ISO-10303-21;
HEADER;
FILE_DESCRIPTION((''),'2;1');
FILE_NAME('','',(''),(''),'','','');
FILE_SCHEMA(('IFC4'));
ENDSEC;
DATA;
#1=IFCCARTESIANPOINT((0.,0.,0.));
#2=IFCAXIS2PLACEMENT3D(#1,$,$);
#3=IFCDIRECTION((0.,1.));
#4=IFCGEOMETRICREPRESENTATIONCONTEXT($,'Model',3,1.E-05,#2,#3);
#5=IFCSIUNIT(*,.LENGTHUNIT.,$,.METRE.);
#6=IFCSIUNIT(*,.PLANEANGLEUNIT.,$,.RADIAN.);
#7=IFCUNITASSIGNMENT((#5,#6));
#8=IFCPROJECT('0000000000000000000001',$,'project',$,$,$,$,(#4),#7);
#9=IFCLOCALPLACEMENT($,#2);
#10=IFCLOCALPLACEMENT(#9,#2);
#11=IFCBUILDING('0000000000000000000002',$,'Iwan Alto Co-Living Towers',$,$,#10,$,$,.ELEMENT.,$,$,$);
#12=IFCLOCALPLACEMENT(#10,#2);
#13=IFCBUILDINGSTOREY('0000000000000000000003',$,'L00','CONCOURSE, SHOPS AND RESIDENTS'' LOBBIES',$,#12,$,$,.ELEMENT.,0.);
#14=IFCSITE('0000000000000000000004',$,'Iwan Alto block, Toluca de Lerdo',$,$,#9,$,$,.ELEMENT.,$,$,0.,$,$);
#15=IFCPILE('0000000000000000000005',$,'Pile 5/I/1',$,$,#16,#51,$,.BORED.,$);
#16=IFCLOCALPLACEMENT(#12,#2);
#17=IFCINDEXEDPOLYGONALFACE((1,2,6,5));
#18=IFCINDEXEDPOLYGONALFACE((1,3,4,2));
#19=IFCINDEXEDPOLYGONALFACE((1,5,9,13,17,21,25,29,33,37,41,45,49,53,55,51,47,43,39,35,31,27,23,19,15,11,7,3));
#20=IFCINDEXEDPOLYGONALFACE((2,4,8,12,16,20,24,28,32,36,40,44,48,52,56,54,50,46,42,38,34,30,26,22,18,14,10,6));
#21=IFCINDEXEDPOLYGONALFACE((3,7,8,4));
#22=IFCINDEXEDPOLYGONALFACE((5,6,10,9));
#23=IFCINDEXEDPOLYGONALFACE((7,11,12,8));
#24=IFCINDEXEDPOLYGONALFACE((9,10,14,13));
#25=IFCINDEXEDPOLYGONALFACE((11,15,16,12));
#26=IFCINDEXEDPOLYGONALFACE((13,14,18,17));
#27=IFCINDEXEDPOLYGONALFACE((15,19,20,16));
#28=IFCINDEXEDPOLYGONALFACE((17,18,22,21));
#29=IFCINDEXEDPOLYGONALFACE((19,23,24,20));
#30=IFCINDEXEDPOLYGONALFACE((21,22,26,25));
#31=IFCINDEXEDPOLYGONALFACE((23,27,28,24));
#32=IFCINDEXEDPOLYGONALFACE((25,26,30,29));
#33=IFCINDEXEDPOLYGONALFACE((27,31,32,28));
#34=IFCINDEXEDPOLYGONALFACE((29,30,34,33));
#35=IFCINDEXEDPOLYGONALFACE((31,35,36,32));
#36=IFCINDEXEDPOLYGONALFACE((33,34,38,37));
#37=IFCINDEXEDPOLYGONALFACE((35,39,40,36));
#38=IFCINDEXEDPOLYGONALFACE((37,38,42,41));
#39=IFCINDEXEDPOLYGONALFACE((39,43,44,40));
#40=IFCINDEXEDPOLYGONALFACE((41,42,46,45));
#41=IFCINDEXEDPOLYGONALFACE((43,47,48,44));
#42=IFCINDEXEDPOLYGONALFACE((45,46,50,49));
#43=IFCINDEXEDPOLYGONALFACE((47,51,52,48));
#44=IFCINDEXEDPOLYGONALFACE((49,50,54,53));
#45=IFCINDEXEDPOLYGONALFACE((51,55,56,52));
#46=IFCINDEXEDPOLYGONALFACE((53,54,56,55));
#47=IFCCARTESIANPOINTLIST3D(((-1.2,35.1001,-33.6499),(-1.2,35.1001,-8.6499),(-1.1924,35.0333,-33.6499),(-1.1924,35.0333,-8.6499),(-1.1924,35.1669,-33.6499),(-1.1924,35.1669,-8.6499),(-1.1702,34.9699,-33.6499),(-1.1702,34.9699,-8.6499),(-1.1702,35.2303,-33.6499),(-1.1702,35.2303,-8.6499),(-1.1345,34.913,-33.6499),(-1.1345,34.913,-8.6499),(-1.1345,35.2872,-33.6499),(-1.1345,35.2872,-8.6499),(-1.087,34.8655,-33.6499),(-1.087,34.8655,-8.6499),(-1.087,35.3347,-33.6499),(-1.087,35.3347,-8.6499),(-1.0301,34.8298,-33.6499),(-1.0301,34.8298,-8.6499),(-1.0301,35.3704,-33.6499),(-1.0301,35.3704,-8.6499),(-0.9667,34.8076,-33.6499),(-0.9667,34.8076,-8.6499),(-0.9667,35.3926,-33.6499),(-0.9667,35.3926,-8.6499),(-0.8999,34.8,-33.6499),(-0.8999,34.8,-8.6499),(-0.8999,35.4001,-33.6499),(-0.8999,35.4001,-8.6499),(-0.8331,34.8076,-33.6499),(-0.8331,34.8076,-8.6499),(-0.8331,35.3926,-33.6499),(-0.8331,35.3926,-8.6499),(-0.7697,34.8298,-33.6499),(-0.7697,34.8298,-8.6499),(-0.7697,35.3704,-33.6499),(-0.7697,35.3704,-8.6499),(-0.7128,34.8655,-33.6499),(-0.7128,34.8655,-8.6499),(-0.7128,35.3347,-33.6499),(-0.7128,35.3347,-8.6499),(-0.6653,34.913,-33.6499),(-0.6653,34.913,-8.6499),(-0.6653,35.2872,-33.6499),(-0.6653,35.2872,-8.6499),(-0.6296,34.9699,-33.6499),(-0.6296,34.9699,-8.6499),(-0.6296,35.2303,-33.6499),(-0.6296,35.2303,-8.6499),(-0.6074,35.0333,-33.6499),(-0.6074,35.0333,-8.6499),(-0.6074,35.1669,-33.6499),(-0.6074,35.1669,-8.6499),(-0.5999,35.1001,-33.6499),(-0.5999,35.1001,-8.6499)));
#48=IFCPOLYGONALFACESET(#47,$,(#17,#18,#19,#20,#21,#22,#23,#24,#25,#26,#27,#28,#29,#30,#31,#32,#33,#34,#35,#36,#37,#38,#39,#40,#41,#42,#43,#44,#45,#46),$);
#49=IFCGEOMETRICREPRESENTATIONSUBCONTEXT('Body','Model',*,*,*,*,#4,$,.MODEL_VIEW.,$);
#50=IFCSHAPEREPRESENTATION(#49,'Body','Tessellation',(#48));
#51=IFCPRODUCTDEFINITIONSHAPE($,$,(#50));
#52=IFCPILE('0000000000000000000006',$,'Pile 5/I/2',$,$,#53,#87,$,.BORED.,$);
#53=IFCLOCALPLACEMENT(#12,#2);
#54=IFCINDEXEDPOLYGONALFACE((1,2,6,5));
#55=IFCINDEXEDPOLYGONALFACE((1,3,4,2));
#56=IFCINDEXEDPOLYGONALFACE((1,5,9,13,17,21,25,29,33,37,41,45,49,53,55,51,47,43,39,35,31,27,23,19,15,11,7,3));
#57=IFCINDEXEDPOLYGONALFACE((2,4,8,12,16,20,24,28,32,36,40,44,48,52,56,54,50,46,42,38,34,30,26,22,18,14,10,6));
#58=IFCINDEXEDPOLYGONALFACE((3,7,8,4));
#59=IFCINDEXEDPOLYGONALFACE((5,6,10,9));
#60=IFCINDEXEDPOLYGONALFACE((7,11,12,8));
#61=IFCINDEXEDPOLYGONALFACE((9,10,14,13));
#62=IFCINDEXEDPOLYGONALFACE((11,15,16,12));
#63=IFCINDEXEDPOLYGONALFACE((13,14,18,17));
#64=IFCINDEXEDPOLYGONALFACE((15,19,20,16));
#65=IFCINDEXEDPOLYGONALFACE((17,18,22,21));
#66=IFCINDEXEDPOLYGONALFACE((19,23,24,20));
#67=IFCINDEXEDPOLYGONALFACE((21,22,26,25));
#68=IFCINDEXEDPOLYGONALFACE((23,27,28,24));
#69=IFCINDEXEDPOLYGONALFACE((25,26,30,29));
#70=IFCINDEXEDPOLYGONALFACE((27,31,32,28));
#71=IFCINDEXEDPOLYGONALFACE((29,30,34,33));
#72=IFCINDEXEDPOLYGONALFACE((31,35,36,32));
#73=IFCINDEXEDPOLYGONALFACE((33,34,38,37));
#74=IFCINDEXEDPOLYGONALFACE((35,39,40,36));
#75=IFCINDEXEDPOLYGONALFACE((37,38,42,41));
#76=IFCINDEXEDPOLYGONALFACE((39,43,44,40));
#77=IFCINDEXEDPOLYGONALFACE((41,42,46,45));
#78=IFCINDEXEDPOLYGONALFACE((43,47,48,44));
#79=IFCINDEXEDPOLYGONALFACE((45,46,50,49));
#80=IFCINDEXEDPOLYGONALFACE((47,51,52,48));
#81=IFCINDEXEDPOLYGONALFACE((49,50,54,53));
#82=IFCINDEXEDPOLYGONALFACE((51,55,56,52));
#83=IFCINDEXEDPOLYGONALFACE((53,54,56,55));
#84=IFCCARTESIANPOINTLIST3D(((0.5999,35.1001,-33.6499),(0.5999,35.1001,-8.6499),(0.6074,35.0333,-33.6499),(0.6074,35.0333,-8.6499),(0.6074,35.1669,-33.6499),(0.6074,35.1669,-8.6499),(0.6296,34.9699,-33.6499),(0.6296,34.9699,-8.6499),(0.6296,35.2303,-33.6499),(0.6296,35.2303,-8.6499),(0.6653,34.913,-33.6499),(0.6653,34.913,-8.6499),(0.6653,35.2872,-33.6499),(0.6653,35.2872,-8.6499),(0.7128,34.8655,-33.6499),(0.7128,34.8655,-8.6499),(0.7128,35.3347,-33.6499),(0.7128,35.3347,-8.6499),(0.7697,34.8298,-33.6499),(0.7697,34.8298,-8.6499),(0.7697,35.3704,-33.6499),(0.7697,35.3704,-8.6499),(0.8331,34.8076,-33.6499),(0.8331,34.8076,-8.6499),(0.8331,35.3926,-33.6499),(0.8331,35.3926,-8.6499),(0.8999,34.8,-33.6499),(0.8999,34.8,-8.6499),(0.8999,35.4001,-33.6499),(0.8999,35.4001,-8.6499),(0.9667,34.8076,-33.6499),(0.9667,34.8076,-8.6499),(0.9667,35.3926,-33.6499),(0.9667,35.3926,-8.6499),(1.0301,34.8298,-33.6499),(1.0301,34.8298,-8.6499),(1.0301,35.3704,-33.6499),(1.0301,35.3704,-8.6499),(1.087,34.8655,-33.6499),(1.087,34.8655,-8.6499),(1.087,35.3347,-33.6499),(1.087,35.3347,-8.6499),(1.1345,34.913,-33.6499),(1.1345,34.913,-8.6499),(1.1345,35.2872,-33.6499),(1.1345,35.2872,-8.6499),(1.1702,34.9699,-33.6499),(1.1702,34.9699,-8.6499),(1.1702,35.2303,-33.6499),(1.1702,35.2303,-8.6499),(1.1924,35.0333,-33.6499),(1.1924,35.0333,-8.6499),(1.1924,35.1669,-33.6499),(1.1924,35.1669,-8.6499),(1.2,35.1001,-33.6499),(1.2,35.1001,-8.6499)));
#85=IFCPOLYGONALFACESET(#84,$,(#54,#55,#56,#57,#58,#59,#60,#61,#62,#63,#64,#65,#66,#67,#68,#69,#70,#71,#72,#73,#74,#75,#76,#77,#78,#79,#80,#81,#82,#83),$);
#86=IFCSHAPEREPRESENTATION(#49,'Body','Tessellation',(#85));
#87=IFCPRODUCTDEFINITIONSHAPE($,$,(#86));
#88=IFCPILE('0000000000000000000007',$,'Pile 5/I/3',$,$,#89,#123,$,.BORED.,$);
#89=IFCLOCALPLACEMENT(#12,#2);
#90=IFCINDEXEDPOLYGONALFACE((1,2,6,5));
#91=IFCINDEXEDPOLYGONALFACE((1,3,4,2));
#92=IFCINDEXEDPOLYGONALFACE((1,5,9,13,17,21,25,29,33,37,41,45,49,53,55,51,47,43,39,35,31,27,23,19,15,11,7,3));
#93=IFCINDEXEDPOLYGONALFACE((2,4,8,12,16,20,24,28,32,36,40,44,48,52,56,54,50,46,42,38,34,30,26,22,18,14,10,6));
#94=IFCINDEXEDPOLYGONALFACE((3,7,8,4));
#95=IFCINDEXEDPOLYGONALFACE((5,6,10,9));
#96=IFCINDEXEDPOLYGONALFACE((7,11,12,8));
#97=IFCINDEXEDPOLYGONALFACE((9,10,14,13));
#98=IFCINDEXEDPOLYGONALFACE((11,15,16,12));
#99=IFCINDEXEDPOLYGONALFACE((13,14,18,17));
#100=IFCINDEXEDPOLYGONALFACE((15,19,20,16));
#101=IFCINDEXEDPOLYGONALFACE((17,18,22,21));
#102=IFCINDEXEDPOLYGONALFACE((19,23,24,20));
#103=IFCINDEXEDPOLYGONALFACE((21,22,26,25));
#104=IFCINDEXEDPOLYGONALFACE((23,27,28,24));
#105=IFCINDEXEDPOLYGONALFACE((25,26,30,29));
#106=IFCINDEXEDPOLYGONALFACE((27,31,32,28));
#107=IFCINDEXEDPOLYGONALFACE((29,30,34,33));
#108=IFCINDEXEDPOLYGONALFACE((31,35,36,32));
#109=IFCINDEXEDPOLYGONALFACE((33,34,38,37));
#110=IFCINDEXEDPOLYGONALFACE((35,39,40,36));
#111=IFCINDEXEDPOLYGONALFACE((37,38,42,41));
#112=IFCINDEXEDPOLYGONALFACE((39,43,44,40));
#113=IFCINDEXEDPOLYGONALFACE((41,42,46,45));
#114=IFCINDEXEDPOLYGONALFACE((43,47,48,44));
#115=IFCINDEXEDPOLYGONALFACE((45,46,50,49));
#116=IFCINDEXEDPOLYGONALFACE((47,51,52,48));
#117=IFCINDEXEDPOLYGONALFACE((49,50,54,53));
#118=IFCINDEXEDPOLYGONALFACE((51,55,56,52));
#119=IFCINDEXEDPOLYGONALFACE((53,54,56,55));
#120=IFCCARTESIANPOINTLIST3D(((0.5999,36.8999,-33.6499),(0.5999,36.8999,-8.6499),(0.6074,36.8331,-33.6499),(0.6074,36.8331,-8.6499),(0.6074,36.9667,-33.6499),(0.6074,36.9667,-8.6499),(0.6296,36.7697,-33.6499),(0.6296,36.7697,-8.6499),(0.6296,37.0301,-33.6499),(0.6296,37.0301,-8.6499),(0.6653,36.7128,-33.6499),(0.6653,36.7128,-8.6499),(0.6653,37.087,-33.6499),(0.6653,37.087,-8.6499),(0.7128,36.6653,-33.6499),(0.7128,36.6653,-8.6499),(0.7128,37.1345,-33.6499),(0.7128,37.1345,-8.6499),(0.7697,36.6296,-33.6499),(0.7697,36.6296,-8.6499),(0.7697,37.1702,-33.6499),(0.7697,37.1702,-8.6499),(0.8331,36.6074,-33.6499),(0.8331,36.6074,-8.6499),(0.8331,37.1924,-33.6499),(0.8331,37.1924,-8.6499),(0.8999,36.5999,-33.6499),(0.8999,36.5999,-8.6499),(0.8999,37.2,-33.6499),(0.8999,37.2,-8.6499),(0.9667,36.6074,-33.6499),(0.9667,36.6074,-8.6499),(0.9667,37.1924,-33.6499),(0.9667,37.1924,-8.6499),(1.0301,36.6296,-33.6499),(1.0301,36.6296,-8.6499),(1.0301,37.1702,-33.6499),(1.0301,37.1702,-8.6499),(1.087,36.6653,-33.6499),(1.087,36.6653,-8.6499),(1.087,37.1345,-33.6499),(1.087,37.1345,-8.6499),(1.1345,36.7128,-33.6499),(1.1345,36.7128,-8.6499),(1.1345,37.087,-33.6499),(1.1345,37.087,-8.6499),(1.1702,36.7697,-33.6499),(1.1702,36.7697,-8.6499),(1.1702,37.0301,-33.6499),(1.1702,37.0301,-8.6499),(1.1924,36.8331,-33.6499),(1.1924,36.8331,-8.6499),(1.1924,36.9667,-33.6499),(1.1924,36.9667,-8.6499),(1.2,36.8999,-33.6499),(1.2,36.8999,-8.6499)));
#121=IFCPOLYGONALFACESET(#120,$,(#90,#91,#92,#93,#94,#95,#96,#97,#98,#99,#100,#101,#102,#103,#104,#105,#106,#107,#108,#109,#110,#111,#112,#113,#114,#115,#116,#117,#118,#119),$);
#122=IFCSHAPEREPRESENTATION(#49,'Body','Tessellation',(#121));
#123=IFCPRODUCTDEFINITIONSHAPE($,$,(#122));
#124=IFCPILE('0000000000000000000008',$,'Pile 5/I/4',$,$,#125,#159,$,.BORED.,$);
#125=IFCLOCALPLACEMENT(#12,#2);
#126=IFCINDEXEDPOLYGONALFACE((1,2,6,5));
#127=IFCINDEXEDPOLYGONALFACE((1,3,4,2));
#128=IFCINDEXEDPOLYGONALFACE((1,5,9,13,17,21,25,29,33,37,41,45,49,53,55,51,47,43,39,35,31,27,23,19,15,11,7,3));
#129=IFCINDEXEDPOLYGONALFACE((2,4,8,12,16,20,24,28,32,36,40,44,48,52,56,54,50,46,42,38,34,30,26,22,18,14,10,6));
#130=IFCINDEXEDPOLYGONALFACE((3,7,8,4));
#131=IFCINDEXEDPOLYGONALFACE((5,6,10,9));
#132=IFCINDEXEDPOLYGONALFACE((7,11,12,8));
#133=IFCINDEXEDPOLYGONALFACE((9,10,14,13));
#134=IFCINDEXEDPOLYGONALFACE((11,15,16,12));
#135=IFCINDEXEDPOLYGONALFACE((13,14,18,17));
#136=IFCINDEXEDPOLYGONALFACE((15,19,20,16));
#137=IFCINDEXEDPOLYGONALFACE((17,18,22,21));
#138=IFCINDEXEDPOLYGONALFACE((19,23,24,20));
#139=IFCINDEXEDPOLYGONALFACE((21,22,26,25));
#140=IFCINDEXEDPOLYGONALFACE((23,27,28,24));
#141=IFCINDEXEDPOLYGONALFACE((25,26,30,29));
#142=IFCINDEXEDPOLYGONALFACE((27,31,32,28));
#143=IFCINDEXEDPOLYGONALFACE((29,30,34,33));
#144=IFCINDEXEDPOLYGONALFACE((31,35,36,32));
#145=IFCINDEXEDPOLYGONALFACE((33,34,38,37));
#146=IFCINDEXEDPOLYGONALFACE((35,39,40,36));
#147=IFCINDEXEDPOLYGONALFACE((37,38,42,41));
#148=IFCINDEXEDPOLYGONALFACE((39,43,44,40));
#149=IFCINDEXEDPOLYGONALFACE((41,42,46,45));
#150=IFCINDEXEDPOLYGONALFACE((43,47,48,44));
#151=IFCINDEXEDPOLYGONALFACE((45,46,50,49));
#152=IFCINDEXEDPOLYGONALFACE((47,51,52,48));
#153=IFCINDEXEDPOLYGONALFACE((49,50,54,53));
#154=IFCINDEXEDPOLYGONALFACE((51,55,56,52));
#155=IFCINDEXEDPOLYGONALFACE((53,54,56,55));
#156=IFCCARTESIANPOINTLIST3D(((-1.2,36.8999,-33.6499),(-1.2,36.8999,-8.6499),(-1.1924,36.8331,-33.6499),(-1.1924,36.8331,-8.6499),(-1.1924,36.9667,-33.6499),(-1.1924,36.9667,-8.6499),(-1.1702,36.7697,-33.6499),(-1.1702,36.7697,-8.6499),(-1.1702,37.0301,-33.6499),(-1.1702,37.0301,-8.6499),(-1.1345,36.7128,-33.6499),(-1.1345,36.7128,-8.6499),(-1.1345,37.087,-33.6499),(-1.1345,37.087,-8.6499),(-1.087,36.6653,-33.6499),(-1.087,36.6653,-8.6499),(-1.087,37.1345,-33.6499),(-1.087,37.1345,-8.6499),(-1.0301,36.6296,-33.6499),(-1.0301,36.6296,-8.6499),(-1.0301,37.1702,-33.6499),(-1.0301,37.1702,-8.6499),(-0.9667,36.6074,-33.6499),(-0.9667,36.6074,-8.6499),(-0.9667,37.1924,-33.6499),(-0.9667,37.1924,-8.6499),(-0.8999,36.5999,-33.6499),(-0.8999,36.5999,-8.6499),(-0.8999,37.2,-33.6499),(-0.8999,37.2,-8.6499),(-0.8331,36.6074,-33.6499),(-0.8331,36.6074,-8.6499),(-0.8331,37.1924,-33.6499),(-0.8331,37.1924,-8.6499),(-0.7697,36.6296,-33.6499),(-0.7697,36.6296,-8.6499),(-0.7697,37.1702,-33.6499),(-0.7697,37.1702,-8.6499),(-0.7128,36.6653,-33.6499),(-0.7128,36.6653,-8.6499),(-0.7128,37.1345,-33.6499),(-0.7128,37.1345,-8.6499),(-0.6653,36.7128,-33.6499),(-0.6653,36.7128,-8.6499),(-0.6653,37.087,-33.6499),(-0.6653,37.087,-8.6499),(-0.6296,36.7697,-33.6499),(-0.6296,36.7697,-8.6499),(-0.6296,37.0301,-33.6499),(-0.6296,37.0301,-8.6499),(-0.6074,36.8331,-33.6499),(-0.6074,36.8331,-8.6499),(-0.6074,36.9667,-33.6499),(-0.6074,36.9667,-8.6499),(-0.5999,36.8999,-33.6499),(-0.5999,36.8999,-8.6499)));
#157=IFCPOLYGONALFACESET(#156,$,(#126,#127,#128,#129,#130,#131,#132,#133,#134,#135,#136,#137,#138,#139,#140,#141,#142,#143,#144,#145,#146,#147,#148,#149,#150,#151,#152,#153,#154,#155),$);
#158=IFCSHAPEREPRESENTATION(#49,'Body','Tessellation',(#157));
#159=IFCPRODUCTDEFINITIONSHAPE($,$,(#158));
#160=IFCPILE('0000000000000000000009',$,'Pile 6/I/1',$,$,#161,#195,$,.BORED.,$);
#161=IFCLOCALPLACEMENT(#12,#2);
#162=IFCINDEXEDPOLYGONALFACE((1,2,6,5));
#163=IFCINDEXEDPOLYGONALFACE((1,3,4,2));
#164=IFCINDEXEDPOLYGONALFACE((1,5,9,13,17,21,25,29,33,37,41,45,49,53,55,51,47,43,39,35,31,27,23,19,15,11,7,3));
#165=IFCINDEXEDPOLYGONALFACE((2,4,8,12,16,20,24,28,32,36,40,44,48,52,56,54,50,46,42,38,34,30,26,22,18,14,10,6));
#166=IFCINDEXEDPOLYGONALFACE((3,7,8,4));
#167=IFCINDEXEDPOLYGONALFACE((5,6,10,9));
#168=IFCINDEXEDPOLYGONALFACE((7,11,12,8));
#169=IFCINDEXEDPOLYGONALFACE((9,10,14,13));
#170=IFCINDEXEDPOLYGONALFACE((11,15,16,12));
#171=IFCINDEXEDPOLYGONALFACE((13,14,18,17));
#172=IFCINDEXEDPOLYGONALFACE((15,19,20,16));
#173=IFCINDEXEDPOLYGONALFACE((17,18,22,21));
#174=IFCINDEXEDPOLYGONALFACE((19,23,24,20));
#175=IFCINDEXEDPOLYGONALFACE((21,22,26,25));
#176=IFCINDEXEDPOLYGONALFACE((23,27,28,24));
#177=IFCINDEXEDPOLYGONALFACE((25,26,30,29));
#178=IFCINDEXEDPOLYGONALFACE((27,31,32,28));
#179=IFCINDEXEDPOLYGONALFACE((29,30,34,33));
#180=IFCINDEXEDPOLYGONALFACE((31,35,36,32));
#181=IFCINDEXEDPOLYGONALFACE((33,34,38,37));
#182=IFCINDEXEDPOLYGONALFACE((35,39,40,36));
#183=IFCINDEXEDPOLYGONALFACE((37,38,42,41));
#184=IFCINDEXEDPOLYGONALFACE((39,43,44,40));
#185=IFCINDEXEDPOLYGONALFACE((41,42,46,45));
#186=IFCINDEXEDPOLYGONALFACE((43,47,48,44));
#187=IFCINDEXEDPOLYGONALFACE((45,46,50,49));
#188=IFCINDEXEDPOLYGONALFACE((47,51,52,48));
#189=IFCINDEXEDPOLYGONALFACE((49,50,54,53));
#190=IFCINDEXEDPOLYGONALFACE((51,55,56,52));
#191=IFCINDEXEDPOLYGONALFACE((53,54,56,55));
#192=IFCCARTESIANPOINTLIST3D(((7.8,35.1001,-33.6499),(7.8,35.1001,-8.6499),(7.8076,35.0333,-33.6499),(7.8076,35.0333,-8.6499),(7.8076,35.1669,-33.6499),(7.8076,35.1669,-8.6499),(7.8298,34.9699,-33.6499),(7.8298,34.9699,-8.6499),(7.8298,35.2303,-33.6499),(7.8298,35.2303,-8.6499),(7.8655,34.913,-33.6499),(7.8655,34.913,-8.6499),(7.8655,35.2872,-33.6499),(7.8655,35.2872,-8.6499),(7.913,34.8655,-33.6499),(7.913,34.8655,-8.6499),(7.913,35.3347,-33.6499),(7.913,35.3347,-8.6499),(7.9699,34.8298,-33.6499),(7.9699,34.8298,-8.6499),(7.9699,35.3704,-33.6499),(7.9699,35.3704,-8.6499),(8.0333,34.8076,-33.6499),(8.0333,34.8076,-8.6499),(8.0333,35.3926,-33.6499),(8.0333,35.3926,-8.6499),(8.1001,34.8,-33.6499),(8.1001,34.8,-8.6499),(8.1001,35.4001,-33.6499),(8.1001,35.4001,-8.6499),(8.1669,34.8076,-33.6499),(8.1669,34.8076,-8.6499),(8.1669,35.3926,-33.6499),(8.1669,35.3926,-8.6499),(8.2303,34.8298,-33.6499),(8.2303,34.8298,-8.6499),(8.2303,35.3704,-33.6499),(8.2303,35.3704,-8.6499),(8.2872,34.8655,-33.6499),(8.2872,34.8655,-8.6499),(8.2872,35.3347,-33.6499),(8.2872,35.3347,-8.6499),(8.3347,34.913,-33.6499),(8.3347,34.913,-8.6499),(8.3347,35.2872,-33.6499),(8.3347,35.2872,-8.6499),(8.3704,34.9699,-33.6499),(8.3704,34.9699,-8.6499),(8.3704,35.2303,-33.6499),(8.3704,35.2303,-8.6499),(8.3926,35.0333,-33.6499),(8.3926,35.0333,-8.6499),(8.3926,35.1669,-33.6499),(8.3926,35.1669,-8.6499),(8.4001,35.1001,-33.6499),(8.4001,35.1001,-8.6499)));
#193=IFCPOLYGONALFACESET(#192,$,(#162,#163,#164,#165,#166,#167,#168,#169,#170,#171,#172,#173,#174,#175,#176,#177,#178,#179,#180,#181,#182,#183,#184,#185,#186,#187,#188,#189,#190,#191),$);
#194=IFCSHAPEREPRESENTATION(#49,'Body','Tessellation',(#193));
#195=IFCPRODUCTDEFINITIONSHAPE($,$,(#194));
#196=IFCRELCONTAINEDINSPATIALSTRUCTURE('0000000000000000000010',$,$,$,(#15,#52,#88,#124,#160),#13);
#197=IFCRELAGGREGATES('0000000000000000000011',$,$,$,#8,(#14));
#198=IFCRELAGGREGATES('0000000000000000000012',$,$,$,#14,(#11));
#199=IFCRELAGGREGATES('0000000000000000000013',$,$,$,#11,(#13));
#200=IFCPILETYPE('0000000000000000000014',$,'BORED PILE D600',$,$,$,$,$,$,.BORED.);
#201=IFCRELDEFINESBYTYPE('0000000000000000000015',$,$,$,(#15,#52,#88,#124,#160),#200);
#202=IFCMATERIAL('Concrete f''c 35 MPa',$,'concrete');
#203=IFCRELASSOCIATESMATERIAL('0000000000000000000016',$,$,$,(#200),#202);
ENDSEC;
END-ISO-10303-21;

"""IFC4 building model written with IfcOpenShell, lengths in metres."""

from ifc_helpers import new_model, si_unit, direction, frame, origin, origin_2d, place, context, subcontext, project, spatial, circle, extrude, material, material_profile, profile_set, type_object, element, save


model = new_model("IFC4")

# Units and contexts
model_context = context("Model", 3, precision=1e-05, world=origin(), true_north=direction((0.0, 1.0)))
body_context = subcontext(model_context, "Body", "Model", "MODEL_VIEW")
ifc_project = project(units=[si_unit("LENGTHUNIT", "METRE"), si_unit("PLANEANGLEUNIT", "RADIAN")], contexts=[model_context])

# Site, building, storey
site_placement = place(None, origin())
site = spatial("IfcSite", under=ifc_project, at=site_placement, Name="Iwan Alto block, Toluca de Lerdo", CompositionType="ELEMENT", RefElevation=0.0)
building_placement = place(site_placement, origin())
building = spatial("IfcBuilding", under=site, at=building_placement, Name="Iwan Alto Co-Living Towers", CompositionType="ELEMENT")
storey_placement = place(building_placement, origin())
storey = spatial("IfcBuildingStorey", under=building, at=storey_placement, Name="L00", Description="CONCOURSE, SHOPS AND RESIDENTS' LOBBIES", CompositionType="ELEMENT", Elevation=0.0)

# Piles
ifc_material_1 = material(Name="Concrete f'c 35 MPa", Category="concrete")
ifc_material_profile_1 = material_profile(ifc_material_1, circle(Radius=0.3, at=origin_2d()), Name="D600")
ifc_profile_set_1 = profile_set([ifc_material_profile_1], Name="Concrete f'c 35 MPa")
pile_type_1 = type_object("IfcPileType", Name="BORED PILE D600", PredefinedType="BORED", material=ifc_profile_set_1)
for number, where, z_axis, x_axis, name in (
    (1, (-0.8999, 35.1001, -8.6499), (0.0, 0.0, -1.0), (1.0, 0.0, 0.0), "Pile 5/I/1"),
    (2, (0.8999, 35.1001, -8.6499), (0.0, 0.0, -1.0), (1.0, 0.0, 0.0), "Pile 5/I/2"),
    (3, (0.8999, 36.8999, -8.6499), (0.0, 0.0, -1.0), (1.0, 0.0, 0.0), "Pile 5/I/3"),
    (4, (-0.8999, 36.8999, -8.6499), (0.0, 0.0, -1.0), (1.0, 0.0, 0.0), "Pile 5/I/4"),
    (5, (8.1001, 35.1001, -8.6499), (0.0, 0.0, -1.0), (1.0, 0.0, 0.0), "Pile 6/I/1"),
):
    element("IfcPile", number, at=place(storey_placement, frame(where, z_axis=z_axis, x_axis=x_axis)), inside=storey, type_object=pile_type_1, Name=name, PredefinedType="BORED", context=body_context, shape_type="SweptSolid", body=[
        extrude(circle(Radius=0.3, at=origin_2d()), origin(), (0.0, 0.0, 1.0), 25.0),
    ])

save(model, "model.ifc")
